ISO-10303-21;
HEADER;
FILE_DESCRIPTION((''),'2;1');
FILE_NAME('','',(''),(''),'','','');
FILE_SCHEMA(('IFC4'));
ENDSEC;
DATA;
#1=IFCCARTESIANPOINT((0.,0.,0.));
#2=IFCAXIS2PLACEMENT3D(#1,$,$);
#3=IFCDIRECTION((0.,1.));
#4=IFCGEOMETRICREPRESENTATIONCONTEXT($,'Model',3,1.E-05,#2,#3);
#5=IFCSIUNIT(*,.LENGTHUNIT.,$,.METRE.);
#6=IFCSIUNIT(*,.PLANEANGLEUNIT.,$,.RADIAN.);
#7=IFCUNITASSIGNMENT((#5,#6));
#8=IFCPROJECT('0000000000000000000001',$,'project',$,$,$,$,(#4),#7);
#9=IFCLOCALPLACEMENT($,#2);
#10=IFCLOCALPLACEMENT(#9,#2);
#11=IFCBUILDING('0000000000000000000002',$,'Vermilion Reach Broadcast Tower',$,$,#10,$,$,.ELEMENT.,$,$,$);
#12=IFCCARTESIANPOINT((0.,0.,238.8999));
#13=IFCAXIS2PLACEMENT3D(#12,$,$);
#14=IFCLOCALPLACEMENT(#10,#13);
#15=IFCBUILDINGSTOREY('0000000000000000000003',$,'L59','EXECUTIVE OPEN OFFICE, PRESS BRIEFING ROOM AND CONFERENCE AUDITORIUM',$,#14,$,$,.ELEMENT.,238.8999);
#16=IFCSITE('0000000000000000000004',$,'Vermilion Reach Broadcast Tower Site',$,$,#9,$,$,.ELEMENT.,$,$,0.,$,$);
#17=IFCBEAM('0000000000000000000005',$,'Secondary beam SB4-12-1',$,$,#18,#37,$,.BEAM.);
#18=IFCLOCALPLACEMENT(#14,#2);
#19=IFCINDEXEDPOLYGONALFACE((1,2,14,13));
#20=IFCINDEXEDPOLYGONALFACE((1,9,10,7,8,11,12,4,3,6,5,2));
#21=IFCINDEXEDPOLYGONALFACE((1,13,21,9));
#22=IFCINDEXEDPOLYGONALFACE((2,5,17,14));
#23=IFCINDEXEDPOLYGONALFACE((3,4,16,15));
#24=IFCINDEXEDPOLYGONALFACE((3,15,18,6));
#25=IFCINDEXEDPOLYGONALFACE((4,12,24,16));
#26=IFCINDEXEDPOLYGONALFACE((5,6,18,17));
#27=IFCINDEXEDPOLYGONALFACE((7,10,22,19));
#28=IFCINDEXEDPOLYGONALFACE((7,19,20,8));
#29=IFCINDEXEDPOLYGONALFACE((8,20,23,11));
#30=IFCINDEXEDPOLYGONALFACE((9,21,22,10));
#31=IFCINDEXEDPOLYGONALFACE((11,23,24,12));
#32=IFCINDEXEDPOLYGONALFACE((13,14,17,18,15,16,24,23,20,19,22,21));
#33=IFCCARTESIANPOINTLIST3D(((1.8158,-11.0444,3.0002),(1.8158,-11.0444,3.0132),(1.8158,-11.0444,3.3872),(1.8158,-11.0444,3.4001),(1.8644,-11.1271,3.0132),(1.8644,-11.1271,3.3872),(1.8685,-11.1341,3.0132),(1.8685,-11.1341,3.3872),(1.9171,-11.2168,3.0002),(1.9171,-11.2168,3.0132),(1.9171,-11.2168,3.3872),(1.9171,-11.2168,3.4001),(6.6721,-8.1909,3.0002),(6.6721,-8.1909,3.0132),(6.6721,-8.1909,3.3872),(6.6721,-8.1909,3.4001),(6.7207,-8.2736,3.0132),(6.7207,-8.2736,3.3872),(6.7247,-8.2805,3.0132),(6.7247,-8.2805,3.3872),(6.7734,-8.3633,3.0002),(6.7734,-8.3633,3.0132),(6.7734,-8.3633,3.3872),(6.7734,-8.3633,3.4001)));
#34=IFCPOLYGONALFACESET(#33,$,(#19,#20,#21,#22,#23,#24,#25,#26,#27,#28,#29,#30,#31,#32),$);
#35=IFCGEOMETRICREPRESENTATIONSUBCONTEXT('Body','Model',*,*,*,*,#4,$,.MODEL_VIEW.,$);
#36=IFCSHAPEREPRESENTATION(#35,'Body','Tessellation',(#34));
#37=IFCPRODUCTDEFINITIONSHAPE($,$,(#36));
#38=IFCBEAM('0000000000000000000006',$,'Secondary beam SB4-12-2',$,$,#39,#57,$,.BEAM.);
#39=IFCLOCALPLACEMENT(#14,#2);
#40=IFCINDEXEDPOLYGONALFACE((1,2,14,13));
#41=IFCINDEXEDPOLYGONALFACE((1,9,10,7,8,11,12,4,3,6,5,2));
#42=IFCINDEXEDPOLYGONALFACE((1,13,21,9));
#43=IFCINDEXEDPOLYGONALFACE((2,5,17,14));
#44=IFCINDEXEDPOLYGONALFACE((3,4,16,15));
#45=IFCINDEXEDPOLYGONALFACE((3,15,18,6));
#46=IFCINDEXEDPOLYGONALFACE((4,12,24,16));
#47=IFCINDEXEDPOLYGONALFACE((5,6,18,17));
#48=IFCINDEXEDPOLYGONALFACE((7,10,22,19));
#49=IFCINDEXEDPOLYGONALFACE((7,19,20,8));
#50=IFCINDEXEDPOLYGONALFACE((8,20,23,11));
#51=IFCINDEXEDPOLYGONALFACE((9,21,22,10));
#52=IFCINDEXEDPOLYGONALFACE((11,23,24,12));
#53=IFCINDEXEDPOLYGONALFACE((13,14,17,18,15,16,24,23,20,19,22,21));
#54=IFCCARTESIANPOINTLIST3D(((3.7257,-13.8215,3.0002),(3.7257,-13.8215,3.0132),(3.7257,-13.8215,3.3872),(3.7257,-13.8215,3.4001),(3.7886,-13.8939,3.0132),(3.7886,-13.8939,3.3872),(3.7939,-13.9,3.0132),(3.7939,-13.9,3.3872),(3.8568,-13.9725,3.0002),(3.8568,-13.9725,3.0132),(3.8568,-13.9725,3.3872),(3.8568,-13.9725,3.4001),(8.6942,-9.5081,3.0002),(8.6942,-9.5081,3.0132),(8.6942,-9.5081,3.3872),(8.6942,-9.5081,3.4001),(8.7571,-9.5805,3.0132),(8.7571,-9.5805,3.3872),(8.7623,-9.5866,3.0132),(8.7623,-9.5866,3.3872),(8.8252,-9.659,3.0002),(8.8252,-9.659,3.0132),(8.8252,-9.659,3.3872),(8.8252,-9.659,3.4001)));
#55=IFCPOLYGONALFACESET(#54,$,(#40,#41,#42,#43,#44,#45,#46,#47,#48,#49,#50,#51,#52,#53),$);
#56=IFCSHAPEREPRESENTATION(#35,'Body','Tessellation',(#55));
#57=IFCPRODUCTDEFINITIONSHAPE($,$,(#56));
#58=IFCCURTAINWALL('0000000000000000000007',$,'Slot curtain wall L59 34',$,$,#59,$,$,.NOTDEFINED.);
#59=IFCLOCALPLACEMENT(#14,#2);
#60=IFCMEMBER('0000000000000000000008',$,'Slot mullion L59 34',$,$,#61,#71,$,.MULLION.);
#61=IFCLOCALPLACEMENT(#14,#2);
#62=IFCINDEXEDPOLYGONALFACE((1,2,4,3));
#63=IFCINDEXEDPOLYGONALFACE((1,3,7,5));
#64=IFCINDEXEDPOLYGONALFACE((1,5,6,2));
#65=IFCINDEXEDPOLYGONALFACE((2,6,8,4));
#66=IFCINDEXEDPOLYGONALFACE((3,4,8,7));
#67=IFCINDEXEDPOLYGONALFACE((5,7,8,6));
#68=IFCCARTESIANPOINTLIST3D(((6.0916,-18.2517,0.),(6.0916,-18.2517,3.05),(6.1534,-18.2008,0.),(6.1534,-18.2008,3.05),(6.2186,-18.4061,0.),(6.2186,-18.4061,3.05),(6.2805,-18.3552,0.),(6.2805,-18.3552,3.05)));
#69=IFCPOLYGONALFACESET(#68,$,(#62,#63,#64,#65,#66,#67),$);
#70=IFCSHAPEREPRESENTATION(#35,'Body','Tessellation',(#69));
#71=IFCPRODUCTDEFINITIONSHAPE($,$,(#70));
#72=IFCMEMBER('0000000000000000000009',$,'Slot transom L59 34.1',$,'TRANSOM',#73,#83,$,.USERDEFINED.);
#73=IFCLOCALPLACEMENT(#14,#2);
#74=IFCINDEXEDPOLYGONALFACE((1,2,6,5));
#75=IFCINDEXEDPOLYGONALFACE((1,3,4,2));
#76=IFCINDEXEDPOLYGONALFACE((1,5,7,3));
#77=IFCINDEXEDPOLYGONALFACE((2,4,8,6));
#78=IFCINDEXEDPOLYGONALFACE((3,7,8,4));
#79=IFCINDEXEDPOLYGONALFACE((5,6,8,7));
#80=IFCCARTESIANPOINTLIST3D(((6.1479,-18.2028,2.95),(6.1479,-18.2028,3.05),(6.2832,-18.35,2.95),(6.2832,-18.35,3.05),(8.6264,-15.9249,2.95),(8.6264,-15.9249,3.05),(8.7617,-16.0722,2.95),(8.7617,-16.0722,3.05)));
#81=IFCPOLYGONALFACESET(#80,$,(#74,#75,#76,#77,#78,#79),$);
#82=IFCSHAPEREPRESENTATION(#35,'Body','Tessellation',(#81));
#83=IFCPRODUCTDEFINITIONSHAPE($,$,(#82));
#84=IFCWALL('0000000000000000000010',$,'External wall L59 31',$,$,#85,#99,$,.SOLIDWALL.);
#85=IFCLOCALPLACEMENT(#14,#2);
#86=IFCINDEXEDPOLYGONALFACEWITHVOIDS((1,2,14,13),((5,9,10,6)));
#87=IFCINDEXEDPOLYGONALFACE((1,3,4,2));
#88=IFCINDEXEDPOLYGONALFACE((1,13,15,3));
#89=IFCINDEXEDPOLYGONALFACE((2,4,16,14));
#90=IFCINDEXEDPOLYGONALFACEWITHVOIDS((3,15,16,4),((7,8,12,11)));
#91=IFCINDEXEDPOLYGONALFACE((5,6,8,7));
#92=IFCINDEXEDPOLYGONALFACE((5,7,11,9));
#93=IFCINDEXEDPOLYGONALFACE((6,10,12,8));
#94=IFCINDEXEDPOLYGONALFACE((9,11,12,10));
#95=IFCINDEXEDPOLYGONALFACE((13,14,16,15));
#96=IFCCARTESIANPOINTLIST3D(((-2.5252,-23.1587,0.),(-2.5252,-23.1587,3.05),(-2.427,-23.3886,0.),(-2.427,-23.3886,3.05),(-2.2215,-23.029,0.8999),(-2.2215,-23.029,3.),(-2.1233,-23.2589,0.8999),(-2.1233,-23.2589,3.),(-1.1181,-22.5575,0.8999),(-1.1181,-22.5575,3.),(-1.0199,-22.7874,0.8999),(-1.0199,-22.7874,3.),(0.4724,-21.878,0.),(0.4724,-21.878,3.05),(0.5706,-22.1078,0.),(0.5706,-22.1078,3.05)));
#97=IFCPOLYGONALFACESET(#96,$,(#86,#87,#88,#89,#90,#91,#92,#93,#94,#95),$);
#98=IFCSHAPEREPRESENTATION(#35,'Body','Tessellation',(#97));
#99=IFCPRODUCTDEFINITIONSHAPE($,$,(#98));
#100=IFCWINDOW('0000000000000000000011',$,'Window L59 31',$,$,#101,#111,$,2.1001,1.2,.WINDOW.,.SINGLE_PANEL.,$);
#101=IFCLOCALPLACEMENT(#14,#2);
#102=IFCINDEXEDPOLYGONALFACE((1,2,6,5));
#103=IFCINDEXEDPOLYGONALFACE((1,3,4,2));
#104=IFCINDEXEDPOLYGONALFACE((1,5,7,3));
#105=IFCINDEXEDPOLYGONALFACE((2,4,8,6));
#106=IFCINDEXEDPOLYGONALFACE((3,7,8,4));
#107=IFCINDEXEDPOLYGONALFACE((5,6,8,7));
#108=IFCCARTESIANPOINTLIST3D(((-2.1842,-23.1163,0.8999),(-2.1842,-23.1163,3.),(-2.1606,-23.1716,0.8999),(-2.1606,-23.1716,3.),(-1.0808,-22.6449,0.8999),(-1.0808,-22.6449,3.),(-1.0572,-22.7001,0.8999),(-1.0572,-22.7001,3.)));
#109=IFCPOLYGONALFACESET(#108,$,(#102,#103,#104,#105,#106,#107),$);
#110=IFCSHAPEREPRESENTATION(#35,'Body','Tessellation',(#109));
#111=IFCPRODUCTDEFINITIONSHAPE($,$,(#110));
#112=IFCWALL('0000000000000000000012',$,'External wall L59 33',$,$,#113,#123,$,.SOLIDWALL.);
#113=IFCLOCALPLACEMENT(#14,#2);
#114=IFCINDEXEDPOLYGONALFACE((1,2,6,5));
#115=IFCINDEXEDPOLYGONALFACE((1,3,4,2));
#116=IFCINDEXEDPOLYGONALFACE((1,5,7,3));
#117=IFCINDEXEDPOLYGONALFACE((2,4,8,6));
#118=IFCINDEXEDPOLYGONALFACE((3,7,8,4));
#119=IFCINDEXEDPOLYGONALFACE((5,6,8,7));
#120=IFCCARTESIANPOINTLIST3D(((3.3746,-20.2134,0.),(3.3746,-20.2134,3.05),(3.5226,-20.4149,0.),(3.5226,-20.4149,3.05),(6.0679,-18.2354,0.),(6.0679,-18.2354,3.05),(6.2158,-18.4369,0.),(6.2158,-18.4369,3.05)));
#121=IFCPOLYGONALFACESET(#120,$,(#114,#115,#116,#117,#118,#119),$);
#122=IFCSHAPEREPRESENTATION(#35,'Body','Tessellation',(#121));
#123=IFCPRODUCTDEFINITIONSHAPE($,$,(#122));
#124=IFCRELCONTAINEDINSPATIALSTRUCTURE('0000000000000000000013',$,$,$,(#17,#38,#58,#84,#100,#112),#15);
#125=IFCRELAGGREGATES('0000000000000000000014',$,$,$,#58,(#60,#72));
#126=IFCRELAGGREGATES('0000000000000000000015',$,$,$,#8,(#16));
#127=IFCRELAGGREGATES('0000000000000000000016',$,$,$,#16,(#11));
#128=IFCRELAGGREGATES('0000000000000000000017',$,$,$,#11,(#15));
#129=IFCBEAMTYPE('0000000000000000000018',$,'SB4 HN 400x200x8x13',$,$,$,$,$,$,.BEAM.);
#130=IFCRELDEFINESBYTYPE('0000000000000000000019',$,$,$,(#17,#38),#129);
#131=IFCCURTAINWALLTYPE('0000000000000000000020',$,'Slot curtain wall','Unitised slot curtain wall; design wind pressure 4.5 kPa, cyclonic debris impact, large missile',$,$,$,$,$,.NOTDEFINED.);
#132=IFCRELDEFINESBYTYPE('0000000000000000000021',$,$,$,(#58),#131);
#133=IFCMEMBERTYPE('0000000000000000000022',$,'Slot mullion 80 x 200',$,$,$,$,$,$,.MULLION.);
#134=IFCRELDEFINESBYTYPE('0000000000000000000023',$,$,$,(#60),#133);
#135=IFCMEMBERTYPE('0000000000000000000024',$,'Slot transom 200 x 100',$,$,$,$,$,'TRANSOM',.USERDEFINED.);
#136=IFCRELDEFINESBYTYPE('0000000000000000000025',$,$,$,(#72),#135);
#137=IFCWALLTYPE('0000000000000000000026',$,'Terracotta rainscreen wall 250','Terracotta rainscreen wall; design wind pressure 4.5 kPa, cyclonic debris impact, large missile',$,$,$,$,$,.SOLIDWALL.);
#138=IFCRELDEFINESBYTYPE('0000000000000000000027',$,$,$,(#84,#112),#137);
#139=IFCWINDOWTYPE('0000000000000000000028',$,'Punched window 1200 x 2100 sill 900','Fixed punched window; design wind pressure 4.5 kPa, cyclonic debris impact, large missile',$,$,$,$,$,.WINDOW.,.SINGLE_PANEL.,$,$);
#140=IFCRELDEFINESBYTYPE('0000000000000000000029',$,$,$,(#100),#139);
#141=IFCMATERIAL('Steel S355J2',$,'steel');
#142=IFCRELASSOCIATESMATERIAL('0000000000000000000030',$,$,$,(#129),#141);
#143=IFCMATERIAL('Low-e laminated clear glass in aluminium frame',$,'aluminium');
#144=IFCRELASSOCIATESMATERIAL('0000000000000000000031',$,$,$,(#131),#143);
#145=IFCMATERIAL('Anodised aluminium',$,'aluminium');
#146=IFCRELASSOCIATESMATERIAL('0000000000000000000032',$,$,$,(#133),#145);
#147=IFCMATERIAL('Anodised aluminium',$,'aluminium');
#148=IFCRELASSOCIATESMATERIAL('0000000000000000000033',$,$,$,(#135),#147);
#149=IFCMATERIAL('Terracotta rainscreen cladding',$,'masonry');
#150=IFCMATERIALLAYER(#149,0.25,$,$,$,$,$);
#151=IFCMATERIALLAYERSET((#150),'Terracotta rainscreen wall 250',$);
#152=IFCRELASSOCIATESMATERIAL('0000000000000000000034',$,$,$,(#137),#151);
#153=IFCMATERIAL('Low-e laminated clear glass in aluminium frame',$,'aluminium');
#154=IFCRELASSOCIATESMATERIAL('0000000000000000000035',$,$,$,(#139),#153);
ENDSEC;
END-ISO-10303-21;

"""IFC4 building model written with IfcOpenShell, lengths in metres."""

from ifc_helpers import new_model, si_unit, direction, frame, frame_2d, origin, origin_2d, place, context, subcontext, project, spatial, rectangle, i_section, extrude, material, layer, layer_set, material_profile, profile_set, type_object, element, fill, aggregate, save


model = new_model("IFC4")

# Units and contexts
model_context = context("Model", 3, precision=1e-05, world=origin(), true_north=direction((0.0, 1.0)))
body_context = subcontext(model_context, "Body", "Model", "MODEL_VIEW")
ifc_project = project(units=[si_unit("LENGTHUNIT", "METRE"), si_unit("PLANEANGLEUNIT", "RADIAN")], contexts=[model_context])

# Site, building, storey
site_placement = place(None, origin())
site = spatial("IfcSite", under=ifc_project, at=site_placement, Name="Vermilion Reach Broadcast Tower Site", CompositionType="ELEMENT", RefElevation=0.0)
building_placement = place(site_placement, origin())
building = spatial("IfcBuilding", under=site, at=building_placement, Name="Vermilion Reach Broadcast Tower", CompositionType="ELEMENT")
storey_placement = place(building_placement, frame((0.0, 0.0, 238.8999)))
storey = spatial("IfcBuildingStorey", under=building, at=storey_placement, Name="L59", Description="EXECUTIVE OPEN OFFICE, PRESS BRIEFING ROOM AND CONFERENCE AUDITORIUM", CompositionType="ELEMENT", Elevation=238.8999)

# Beams
ifc_material_1 = material(Name="Steel S355J2", Category="steel")
ifc_material_profile_1 = material_profile(ifc_material_1, i_section(OverallWidth=0.2, OverallDepth=0.3999, WebThickness=0.0081, FlangeThickness=0.0129, at=origin_2d()), Name="S355J2 HN 400x200x8x13")
ifc_profile_set_1 = profile_set([ifc_material_profile_1], Name="Steel S355J2")
beam_type_1 = type_object("IfcBeamType", Name="SB4 HN 400x200x8x13", PredefinedType="BEAM", material=ifc_profile_set_1)
beam_1_placement = place(storey_placement, frame((1.8665, -11.1306, 3.2002), z_axis=(0.862173, 0.506615, 0.0), x_axis=(-0.506615, 0.862173, 0.0)))
element("IfcBeam", 1, at=beam_1_placement, inside=storey, type_object=beam_type_1, Name="Secondary beam SB4-12-1", PredefinedType="BEAM", context=body_context, shape_type="SweptSolid", body=[
    extrude(i_section(OverallWidth=0.2, OverallDepth=0.3999, WebThickness=0.0081, FlangeThickness=0.0129, at=origin_2d()), origin(), (0.0, 0.0, 1.0), 5.6326),
])
beam_2_placement = place(storey_placement, frame((3.7913, -13.897, 3.2002), z_axis=(0.755129, 0.655576, 0.0), x_axis=(-0.655576, 0.755129, 0.0)))
element("IfcBeam", 2, at=beam_2_placement, inside=storey, type_object=beam_type_1, Name="Secondary beam SB4-12-2", PredefinedType="BEAM", context=body_context, shape_type="SweptSolid", body=[
    extrude(i_section(OverallWidth=0.2, OverallDepth=0.3999, WebThickness=0.0081, FlangeThickness=0.0129, at=origin_2d()), origin(), (0.0, 0.0, 1.0), 6.5796),
])

# Curtain wall, members
ifc_material_2 = material(Name="Low-e laminated clear glass in aluminium frame", Category="aluminium")
curtain_wall_type = type_object("IfcCurtainWallType", Name="Slot curtain wall", Description="Unitised slot curtain wall; design wind pressure 4.5 kPa, cyclonic debris impact, large missile", PredefinedType="NOTDEFINED", material=ifc_material_2)
curtain_wall_placement = place(storey_placement, origin())
curtain_wall = element("IfcCurtainWall", 3, at=curtain_wall_placement, inside=storey, type_object=curtain_wall_type, Name="Slot curtain wall L59 34", PredefinedType="NOTDEFINED")
ifc_material_3 = material(Name="Anodised aluminium", Category="aluminium")
ifc_material_profile_2 = material_profile(ifc_material_3, rectangle(XDim=0.2, YDim=0.0801, at=origin_2d()), Name="Slot mullion 80 x 200")
ifc_profile_set_2 = profile_set([ifc_material_profile_2], Name="Anodised aluminium")
member_type_1 = type_object("IfcMemberType", Name="Slot mullion 80 x 200", PredefinedType="MULLION", material=ifc_profile_set_2)
member_1_placement = place(storey_placement, frame((6.186, -18.3035, 0.0), z_axis=(0.0, 0.0, 1.0), x_axis=(-0.635256, 0.772301, 0.0)))
member_1 = element("IfcMember", 4, at=member_1_placement, type_object=member_type_1, Name="Slot mullion L59 34", PredefinedType="MULLION", context=body_context, shape_type="SweptSolid", body=[
    extrude(rectangle(XDim=0.2, YDim=0.0801, at=origin_2d()), origin(), (0.0, 0.0, 1.0), 3.05),
])
ifc_material_4 = material(Name="Anodised aluminium", Category="aluminium")
ifc_material_profile_3 = material_profile(ifc_material_4, rectangle(XDim=0.2, YDim=0.1001, at=origin_2d()), Name="Slot transom 200 x 100")
ifc_profile_set_3 = profile_set([ifc_material_profile_3], Name="Anodised aluminium")
member_type_2 = type_object("IfcMemberType", Name="Slot transom 200 x 100", ElementType="TRANSOM", PredefinedType="USERDEFINED", material=ifc_profile_set_3)
member_2_placement = place(storey_placement, frame((6.2156, -18.2764, 3.0), z_axis=(0.736287, 0.67667, 0.0), x_axis=(-0.67667, 0.736287, 0.0)))
member_2 = element("IfcMember", 5, at=member_2_placement, type_object=member_type_2, Name="Slot transom L59 34.1", ObjectType="TRANSOM", PredefinedType="USERDEFINED", context=body_context, shape_type="SweptSolid", body=[
    extrude(rectangle(XDim=0.2, YDim=0.1001, at=origin_2d()), origin(), (0.0, 0.0, 1.0), 3.3662),
])
aggregate(curtain_wall, [member_1, member_2])

# Wall, opening, window
ifc_material_5 = material(Name="Terracotta rainscreen cladding", Category="masonry")
ifc_layer = layer(ifc_material_5, 0.25)
ifc_layer_set = layer_set([ifc_layer], Name="Terracotta rainscreen wall 250")
wall_type = type_object("IfcWallType", Name="Terracotta rainscreen wall 250", Description="Terracotta rainscreen wall; design wind pressure 4.5 kPa, cyclonic debris impact, large missile", PredefinedType="SOLIDWALL", material=ifc_layer_set)
wall_1_placement = place(storey_placement, frame((-2.4761, -23.2737, 0.0), z_axis=(0.0, 0.0, 1.0), x_axis=(0.919578, 0.392907, 0.0)))
wall_1 = element("IfcWall", 6, at=wall_1_placement, inside=storey, type_object=wall_type, Name="External wall L59 31", PredefinedType="SOLIDWALL", context=body_context, shape_type="SweptSolid", body=[
    extrude(rectangle(XDim=3.2598, YDim=0.25, at=frame_2d((1.6299, 0.0))), origin(), (0.0, 0.0, 1.0), 3.05),
])
opening_1_placement = place(wall_1_placement, frame((0.3301, 0.0, 0.8999)))
opening_1 = element("IfcOpeningElement", 7, at=opening_1_placement, cuts=wall_1, PredefinedType="OPENING", context=body_context, shape_type="SweptSolid", body=[
    extrude(rectangle(XDim=1.2, YDim=2.1001, at=frame_2d((0.6001, 1.05))), frame((0.0, 0.135, 0.0), z_axis=(0.0, -1.0, 0.0), x_axis=(1.0, 0.0, 0.0)), (0.0, 0.0, 1.0), 0.27),
])
ifc_material_6 = material(Name="Low-e laminated clear glass in aluminium frame", Category="aluminium")
window_type = type_object("IfcWindowType", Name="Punched window 1200 x 2100 sill 900", Description="Fixed punched window; design wind pressure 4.5 kPa, cyclonic debris impact, large missile", PartitioningType="SINGLE_PANEL", PredefinedType="WINDOW", material=ifc_material_6)
window_placement = place(opening_1_placement, origin())
window = element("IfcWindow", 8, at=window_placement, inside=storey, type_object=window_type, Name="Window L59 31", OverallHeight=2.1001, OverallWidth=1.2, PartitioningType="SINGLE_PANEL", PredefinedType="WINDOW", context=body_context, shape_type="SweptSolid", body=[
    extrude(rectangle(XDim=1.2, YDim=2.1001, at=frame_2d((0.6001, 1.05))), frame((0.0, 0.03, 0.0), z_axis=(0.0, -1.0, 0.0), x_axis=(1.0, 0.0, 0.0)), (0.0, 0.0, 1.0), 0.0601),
])
fill(opening_1, window)

# Wall
wall_2_placement = place(storey_placement, frame((3.4485, -20.3142, 0.0), z_axis=(0.0, 0.0, 1.0), x_axis=(0.805991, 0.591927, 0.0)))
element("IfcWall", 9, at=wall_2_placement, inside=storey, type_object=wall_type, Name="External wall L59 33", PredefinedType="SOLIDWALL", context=body_context, shape_type="SweptSolid", body=[
    extrude(rectangle(XDim=3.3416, YDim=0.25, at=frame_2d((1.6709, 0.0))), origin(), (0.0, 0.0, 1.0), 3.05),
])

save(model, "model.ifc")
